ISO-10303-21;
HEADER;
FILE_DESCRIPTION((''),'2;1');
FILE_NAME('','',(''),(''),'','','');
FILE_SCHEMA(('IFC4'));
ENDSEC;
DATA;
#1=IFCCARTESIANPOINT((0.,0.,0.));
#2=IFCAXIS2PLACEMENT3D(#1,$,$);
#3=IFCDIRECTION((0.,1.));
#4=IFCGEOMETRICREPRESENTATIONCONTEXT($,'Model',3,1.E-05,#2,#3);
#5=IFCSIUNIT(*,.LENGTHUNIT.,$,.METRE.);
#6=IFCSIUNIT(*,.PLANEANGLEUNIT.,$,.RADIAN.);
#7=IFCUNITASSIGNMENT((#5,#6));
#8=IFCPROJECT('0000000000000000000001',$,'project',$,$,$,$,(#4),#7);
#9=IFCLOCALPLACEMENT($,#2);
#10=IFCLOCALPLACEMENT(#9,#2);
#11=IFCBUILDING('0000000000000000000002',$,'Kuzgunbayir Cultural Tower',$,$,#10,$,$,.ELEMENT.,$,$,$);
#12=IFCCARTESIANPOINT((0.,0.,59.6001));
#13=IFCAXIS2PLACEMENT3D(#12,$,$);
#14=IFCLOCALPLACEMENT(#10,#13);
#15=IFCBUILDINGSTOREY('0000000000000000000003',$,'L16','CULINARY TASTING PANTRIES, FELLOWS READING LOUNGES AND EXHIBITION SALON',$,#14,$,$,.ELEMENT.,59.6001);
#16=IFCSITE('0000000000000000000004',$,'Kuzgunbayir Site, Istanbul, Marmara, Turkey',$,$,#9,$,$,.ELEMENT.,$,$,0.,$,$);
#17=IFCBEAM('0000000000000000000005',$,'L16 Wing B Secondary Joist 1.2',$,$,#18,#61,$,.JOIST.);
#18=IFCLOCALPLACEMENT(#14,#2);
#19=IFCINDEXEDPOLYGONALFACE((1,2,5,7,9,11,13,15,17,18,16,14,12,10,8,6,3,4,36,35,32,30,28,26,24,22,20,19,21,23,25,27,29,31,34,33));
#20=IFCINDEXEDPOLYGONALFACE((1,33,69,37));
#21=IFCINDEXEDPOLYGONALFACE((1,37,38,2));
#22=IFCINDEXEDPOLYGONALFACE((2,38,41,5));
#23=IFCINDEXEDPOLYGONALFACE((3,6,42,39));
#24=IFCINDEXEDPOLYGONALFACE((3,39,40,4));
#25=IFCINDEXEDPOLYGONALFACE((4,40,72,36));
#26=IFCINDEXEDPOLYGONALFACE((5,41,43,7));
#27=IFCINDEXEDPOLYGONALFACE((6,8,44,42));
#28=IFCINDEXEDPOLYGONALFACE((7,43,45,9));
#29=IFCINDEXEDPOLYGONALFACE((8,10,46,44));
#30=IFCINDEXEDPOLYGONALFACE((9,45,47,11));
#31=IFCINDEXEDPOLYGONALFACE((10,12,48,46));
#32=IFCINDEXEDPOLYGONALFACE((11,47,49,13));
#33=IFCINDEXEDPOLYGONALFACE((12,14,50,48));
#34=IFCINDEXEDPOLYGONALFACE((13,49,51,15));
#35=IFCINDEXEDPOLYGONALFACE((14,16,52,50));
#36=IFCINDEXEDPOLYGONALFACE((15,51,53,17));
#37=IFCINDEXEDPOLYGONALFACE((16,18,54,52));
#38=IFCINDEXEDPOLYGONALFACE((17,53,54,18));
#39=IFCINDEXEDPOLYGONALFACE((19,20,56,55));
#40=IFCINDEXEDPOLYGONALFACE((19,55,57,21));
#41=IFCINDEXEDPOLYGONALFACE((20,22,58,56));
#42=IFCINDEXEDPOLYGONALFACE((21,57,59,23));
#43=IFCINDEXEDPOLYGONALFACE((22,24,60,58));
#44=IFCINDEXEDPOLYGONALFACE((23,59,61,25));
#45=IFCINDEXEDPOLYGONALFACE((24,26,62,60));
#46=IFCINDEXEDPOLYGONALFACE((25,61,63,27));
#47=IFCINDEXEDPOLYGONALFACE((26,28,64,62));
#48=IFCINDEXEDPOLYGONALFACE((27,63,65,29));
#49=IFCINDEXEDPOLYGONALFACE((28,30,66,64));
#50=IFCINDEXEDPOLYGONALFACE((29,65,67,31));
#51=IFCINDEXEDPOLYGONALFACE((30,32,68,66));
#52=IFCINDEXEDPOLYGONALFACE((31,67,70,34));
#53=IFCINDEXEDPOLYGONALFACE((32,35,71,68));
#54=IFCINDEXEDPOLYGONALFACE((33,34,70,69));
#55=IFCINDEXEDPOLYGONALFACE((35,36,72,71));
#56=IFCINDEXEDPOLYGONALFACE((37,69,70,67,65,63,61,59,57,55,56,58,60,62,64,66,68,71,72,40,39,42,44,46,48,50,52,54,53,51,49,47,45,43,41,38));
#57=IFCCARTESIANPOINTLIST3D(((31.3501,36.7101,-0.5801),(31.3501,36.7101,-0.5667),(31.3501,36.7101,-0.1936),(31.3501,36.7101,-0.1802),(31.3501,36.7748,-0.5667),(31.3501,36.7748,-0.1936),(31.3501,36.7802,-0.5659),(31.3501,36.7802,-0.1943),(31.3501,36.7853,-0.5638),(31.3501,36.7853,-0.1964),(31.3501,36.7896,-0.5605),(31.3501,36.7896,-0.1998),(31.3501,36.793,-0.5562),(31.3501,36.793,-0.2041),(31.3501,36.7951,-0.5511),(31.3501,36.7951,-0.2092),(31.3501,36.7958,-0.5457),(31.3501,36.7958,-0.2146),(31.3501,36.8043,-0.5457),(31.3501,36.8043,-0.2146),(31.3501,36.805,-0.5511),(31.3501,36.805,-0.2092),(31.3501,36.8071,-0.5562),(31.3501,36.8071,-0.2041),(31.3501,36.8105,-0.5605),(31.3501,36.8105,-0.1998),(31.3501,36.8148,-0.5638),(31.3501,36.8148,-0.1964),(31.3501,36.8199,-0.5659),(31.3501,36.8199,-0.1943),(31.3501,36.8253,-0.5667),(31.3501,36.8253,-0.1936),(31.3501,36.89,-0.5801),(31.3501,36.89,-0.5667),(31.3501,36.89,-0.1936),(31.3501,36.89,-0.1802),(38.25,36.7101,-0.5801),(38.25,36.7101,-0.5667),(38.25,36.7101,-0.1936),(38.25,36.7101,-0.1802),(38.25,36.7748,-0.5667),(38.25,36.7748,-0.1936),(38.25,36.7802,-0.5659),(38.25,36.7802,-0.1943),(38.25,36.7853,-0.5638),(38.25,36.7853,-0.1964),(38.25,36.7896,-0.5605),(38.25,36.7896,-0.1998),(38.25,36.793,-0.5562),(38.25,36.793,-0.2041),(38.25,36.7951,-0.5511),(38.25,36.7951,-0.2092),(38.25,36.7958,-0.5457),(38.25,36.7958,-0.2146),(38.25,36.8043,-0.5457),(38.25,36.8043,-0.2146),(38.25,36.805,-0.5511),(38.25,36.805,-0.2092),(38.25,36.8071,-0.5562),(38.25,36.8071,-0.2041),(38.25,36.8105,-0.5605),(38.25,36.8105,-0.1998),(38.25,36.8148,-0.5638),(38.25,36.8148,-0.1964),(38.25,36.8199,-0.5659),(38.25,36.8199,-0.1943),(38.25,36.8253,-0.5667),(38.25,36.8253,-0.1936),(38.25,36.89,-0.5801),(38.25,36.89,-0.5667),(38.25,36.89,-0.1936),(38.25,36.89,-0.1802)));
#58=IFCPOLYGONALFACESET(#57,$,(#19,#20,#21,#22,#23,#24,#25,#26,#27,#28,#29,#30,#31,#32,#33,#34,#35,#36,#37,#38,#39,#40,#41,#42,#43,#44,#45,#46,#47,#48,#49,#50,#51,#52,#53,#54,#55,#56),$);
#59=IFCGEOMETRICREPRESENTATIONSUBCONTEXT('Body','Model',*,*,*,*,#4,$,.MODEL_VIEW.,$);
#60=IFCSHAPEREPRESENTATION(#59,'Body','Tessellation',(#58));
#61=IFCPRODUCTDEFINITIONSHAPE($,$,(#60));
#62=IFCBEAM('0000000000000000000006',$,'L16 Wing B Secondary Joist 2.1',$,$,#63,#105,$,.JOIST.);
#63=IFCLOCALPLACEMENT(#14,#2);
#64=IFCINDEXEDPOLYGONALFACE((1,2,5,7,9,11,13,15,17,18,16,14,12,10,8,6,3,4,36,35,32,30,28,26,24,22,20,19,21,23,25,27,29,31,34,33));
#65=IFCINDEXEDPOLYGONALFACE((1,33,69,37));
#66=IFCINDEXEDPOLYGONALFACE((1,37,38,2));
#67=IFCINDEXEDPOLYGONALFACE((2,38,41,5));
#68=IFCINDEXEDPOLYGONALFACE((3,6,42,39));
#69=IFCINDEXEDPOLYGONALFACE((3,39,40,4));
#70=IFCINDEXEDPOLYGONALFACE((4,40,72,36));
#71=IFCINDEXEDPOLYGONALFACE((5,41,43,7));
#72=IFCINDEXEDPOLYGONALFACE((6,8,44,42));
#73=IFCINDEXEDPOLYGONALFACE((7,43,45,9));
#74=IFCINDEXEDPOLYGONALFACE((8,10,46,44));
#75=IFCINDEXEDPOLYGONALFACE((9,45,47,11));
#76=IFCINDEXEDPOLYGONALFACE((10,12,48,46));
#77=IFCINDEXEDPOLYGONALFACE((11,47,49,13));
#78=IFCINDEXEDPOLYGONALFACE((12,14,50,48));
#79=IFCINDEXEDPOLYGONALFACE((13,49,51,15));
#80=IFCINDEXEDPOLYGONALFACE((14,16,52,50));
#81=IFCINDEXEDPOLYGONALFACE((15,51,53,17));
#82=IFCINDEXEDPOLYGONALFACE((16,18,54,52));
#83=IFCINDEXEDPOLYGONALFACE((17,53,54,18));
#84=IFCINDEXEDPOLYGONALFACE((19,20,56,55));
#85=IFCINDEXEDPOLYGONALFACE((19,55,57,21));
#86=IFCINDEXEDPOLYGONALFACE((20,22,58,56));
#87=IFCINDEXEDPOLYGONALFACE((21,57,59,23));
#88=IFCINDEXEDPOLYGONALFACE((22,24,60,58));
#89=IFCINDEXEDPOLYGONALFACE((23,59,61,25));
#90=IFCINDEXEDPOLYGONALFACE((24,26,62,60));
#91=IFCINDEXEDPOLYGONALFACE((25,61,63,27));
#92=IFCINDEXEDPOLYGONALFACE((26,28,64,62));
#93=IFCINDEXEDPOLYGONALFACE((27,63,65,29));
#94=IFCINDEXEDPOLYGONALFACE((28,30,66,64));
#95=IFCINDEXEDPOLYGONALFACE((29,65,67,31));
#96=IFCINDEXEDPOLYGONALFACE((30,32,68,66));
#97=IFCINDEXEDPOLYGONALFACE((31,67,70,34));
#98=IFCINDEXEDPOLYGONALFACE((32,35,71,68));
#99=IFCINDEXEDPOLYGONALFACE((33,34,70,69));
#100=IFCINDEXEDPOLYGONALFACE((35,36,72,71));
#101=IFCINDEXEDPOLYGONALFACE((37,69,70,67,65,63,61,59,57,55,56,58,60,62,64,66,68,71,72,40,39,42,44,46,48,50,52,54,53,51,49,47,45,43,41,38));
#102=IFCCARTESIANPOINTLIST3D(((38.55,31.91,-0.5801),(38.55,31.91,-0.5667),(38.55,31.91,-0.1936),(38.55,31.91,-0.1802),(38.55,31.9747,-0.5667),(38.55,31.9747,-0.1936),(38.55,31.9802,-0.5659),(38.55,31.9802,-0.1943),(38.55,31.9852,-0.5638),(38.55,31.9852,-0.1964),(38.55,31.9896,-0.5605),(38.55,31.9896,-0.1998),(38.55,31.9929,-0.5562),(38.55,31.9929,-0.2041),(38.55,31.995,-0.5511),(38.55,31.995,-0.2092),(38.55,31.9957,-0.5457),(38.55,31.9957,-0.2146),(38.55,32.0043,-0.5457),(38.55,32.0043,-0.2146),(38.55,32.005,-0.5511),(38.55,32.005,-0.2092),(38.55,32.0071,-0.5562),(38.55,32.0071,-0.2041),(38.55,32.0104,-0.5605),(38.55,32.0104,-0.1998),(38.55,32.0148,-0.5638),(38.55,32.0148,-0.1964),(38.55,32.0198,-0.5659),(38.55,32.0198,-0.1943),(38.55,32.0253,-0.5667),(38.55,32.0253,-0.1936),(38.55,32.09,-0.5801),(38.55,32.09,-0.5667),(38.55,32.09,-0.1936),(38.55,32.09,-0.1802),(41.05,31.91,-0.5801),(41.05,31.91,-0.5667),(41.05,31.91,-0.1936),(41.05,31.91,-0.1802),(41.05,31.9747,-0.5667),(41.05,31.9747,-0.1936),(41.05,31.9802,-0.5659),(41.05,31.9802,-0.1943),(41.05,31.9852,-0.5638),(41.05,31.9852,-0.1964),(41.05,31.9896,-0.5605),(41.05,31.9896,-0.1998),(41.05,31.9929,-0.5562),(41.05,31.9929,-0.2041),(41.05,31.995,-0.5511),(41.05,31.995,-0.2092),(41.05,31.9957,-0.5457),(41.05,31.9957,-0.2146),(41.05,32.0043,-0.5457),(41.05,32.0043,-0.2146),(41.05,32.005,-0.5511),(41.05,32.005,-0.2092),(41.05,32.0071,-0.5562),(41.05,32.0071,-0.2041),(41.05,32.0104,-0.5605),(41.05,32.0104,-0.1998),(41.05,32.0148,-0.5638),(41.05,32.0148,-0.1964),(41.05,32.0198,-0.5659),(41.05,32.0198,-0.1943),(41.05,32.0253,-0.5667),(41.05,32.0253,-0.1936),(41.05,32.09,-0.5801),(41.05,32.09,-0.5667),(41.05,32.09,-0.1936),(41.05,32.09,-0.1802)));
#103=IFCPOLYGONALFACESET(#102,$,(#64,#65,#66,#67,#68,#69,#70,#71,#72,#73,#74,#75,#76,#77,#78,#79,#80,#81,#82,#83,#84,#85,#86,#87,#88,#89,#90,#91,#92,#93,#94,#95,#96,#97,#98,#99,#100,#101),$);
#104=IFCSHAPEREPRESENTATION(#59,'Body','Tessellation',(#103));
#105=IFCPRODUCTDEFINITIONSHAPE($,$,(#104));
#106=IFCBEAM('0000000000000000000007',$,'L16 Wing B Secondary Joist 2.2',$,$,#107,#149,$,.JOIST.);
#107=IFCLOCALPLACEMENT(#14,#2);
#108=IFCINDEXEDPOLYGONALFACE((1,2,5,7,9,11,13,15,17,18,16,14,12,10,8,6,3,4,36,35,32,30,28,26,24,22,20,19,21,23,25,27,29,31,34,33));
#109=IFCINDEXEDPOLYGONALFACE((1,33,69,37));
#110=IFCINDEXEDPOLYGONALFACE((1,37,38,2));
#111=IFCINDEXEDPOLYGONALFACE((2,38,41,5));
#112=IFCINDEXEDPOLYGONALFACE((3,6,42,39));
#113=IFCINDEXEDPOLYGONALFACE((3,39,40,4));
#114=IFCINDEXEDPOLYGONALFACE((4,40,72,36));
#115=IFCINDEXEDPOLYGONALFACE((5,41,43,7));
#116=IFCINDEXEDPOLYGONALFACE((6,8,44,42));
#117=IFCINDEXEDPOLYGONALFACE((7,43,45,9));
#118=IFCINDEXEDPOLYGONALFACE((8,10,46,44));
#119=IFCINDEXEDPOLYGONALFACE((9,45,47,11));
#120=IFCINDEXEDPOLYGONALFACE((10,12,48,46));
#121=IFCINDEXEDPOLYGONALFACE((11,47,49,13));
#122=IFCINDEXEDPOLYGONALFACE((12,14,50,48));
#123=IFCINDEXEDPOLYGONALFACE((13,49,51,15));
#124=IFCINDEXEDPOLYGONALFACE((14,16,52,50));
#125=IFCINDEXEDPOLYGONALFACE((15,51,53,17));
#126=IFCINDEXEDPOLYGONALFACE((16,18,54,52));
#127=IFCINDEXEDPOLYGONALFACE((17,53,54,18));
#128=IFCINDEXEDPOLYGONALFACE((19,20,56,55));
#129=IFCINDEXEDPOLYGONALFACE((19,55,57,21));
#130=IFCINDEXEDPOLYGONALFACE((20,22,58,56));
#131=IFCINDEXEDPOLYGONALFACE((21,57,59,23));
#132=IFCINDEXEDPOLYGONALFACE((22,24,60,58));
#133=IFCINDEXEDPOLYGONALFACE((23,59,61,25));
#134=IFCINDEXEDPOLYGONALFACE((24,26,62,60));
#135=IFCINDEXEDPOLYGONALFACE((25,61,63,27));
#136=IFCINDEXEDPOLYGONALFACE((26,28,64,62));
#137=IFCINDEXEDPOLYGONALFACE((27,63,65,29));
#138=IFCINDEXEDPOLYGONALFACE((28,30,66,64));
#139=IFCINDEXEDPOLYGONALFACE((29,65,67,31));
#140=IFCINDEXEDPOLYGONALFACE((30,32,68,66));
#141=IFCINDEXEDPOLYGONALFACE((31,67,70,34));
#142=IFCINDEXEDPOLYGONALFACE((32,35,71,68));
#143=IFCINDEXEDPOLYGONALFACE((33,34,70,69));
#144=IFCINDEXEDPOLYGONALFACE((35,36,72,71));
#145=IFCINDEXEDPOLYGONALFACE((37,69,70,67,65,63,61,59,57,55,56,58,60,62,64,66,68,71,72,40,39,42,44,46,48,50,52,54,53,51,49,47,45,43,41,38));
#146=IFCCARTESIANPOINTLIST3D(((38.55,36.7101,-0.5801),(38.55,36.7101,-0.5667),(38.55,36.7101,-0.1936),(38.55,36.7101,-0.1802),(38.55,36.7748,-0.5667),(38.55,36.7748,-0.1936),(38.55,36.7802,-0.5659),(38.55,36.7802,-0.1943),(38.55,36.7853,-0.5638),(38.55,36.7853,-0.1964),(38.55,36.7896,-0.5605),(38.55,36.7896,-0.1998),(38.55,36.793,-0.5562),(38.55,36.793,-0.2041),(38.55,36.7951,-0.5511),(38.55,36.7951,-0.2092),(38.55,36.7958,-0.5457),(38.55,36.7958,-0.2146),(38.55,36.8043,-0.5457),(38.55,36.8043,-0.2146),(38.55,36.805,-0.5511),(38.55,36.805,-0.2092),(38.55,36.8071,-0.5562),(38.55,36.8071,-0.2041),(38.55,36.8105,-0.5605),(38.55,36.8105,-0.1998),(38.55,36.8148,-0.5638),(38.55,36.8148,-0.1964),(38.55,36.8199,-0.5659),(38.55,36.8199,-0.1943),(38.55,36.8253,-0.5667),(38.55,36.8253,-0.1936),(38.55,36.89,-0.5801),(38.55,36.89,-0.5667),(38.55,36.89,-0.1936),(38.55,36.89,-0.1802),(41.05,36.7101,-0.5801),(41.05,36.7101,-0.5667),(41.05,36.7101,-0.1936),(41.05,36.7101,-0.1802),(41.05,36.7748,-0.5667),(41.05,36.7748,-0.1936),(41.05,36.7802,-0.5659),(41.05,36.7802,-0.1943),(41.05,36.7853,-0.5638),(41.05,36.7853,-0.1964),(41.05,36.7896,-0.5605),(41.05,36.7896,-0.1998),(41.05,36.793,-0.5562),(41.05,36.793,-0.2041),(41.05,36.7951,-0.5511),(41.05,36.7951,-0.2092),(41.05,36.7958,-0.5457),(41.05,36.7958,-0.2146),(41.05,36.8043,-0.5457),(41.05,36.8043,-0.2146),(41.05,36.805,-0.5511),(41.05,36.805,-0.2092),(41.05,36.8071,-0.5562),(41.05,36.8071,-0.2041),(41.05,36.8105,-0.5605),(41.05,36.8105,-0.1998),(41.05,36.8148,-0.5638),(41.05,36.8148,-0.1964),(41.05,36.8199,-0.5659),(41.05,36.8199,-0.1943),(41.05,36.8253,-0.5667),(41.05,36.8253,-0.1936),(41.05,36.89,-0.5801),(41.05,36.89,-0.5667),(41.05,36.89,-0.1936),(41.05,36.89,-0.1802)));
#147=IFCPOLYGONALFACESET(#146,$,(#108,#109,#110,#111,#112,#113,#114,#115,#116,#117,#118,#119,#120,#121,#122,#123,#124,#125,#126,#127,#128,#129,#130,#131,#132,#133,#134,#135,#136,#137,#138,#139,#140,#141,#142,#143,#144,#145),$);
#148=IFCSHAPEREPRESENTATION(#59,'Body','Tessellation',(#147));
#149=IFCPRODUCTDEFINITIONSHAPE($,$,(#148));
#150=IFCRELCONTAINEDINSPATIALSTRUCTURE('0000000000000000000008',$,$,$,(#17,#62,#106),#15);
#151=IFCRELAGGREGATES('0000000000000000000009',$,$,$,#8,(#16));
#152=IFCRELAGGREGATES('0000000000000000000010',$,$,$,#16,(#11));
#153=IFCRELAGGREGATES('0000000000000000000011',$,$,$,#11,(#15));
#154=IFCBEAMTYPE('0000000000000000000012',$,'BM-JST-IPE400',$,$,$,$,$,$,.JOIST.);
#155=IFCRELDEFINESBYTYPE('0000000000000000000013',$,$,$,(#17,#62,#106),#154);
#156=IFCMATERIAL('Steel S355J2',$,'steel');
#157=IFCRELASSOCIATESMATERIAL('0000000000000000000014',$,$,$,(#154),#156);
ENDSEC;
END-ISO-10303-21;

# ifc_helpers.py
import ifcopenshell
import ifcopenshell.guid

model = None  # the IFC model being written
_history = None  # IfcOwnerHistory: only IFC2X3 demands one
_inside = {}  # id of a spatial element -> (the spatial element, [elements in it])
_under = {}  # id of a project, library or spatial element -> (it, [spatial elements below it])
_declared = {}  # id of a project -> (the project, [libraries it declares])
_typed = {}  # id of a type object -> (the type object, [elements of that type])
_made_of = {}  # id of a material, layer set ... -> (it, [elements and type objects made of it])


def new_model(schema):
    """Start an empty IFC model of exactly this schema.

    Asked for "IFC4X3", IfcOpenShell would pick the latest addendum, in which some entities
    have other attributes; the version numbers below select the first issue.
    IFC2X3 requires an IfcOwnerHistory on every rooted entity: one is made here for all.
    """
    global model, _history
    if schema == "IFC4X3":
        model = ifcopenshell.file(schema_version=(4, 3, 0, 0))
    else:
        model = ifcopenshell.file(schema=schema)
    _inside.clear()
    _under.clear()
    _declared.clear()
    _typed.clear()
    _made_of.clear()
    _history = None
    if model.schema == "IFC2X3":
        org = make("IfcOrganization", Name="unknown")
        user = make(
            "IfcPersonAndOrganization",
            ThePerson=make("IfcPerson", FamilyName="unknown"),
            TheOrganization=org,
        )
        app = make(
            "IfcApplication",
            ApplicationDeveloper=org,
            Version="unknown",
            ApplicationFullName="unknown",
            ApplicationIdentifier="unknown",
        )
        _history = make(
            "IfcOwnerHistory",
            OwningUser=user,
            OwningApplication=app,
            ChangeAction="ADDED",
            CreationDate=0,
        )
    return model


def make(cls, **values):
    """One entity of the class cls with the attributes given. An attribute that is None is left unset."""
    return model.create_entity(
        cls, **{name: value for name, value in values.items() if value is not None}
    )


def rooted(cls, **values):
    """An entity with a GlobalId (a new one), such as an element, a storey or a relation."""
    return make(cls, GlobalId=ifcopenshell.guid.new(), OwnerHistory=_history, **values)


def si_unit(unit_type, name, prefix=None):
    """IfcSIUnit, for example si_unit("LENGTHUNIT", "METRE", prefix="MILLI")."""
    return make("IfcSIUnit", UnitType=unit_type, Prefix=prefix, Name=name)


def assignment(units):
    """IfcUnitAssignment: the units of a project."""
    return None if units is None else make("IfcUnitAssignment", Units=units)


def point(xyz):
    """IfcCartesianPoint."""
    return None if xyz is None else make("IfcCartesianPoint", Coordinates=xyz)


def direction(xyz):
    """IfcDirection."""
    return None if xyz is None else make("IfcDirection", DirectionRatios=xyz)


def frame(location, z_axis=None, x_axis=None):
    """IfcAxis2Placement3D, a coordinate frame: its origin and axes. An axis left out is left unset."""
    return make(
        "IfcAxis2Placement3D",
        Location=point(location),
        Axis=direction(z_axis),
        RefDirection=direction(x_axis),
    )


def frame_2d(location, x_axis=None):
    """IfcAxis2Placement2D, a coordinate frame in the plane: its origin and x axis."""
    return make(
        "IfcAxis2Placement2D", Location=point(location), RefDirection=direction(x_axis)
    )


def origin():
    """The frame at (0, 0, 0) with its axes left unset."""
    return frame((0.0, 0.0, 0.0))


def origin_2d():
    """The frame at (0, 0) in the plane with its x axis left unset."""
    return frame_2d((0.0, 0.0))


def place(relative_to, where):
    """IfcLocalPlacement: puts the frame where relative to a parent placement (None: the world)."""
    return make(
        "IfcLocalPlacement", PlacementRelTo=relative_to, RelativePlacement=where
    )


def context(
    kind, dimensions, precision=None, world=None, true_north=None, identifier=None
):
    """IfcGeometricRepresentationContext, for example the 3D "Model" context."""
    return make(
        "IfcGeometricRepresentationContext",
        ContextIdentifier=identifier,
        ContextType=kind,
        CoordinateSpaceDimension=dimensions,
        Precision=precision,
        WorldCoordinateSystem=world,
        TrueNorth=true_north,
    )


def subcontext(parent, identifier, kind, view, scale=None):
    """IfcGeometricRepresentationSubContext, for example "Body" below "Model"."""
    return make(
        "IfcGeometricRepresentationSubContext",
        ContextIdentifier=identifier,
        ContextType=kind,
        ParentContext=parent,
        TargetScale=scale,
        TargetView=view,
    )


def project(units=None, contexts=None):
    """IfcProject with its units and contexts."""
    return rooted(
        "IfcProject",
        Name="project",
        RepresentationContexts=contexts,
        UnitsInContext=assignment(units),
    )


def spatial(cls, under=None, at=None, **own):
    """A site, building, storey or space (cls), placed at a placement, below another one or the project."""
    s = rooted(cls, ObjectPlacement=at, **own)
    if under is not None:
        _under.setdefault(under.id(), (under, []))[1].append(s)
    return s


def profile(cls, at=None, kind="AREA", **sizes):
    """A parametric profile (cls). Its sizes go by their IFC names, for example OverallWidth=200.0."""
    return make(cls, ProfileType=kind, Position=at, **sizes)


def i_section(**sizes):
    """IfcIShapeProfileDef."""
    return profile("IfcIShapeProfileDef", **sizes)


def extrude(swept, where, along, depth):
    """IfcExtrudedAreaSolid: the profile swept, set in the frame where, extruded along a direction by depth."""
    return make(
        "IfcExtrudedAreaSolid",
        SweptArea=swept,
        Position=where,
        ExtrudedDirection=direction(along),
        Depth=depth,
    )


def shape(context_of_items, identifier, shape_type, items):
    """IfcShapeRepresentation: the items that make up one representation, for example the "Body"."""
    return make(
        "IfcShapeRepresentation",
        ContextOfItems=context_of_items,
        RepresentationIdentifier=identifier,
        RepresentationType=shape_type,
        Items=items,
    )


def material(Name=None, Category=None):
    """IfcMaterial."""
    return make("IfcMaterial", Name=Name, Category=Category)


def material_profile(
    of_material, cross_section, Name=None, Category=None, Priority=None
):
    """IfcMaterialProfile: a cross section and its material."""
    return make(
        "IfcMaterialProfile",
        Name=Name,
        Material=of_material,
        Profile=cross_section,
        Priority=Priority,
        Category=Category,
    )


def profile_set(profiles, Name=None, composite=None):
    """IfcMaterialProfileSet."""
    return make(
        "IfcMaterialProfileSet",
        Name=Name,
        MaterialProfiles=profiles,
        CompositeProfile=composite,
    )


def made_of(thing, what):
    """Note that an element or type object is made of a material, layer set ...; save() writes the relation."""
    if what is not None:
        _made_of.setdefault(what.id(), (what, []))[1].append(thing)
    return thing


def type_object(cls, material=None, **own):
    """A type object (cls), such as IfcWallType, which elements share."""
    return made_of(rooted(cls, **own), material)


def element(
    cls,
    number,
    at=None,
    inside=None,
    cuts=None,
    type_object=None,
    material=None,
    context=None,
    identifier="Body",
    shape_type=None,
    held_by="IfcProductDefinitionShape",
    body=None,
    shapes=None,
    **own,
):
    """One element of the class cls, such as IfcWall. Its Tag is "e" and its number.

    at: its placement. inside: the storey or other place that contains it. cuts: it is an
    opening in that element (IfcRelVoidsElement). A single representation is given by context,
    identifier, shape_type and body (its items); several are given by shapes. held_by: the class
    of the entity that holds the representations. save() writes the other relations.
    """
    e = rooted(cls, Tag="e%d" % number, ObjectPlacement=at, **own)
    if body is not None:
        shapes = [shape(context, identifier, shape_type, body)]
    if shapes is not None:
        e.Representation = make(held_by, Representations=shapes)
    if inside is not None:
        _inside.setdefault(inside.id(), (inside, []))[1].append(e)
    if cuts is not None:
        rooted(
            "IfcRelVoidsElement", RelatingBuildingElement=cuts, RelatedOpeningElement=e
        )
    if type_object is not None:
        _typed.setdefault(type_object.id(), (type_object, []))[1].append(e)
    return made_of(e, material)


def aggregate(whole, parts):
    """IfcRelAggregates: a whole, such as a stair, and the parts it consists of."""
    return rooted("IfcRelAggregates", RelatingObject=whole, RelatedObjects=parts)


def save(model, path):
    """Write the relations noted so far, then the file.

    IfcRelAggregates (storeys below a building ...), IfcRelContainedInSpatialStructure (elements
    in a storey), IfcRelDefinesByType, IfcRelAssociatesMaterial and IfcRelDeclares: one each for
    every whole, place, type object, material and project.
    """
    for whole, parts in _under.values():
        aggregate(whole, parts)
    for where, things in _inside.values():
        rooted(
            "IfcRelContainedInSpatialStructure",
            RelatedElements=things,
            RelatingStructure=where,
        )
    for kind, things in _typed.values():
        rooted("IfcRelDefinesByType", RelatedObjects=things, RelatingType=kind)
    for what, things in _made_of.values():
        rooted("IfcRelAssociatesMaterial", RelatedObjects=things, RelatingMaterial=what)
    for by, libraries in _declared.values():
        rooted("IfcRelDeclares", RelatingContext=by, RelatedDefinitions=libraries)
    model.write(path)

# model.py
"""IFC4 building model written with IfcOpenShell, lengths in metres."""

from ifc_helpers import new_model, si_unit, direction, frame, origin, origin_2d, place, context, subcontext, project, spatial, i_section, extrude, material, material_profile, profile_set, type_object, element, save


model = new_model("IFC4")

# Units and contexts
model_context = context("Model", 3, precision=1e-05, world=origin(), true_north=direction((0.0, 1.0)))
body_context = subcontext(model_context, "Body", "Model", "MODEL_VIEW")
ifc_project = project(units=[si_unit("LENGTHUNIT", "METRE"), si_unit("PLANEANGLEUNIT", "RADIAN")], contexts=[model_context])

# Site, building, storey
site_placement = place(None, origin())
site = spatial("IfcSite", under=ifc_project, at=site_placement, Name="Kuzgunbayir Site, Istanbul, Marmara, Turkey", CompositionType="ELEMENT", RefElevation=0.0)
building_placement = place(site_placement, origin())
building = spatial("IfcBuilding", under=site, at=building_placement, Name="Kuzgunbayir Cultural Tower", CompositionType="ELEMENT")
storey_placement = place(building_placement, frame((0.0, 0.0, 59.6001)))
storey = spatial("IfcBuildingStorey", under=building, at=storey_placement, Name="L16", Description="CULINARY TASTING PANTRIES, FELLOWS READING LOUNGES AND EXHIBITION SALON", CompositionType="ELEMENT", Elevation=59.6001)

# Beams
ifc_material_1 = material(Name="Steel S355J2", Category="steel")
ifc_material_profile_1 = material_profile(ifc_material_1, i_section(OverallWidth=0.1799, OverallDepth=0.3999, WebThickness=0.0085, FlangeThickness=0.0134, FilletRadius=0.021, at=origin_2d()), Name="IPE 400")
ifc_profile_set_1 = profile_set([ifc_material_profile_1], Name="Steel S355J2")
beam_type_1 = type_object("IfcBeamType", Name="BM-JST-IPE400", PredefinedType="JOIST", material=ifc_profile_set_1)
for number, where, z_axis, x_axis, name in (
    (1, (31.3501, 36.8, -0.3801), (1.0, 0.0, 0.0), (0.0, 1.0, 0.0), "L16 Wing B Secondary Joist 1.2"),
):
    element("IfcBeam", number, at=place(storey_placement, frame(where, z_axis=z_axis, x_axis=x_axis)), inside=storey, type_object=beam_type_1, Name=name, PredefinedType="JOIST", context=body_context, shape_type="SweptSolid", body=[
        extrude(i_section(OverallWidth=0.1799, OverallDepth=0.3999, WebThickness=0.0085, FlangeThickness=0.0134, FilletRadius=0.021, at=origin_2d()), origin(), (0.0, 0.0, 1.0), 6.8999),
    ])
for number, where, z_axis, x_axis, name in (
    (2, (38.55, 32.0, -0.3801), (1.0, 0.0, 0.0), (0.0, 1.0, 0.0), "L16 Wing B Secondary Joist 2.1"),
    (3, (38.55, 36.8, -0.3801), (1.0, 0.0, 0.0), (0.0, 1.0, 0.0), "L16 Wing B Secondary Joist 2.2"),
):
    element("IfcBeam", number, at=place(storey_placement, frame(where, z_axis=z_axis, x_axis=x_axis)), inside=storey, type_object=beam_type_1, Name=name, PredefinedType="JOIST", context=body_context, shape_type="SweptSolid", body=[
        extrude(i_section(OverallWidth=0.1799, OverallDepth=0.3999, WebThickness=0.0085, FlangeThickness=0.0134, FilletRadius=0.021, at=origin_2d()), origin(), (0.0, 0.0, 1.0), 2.5),
    ])

save(model, "model.ifc")
